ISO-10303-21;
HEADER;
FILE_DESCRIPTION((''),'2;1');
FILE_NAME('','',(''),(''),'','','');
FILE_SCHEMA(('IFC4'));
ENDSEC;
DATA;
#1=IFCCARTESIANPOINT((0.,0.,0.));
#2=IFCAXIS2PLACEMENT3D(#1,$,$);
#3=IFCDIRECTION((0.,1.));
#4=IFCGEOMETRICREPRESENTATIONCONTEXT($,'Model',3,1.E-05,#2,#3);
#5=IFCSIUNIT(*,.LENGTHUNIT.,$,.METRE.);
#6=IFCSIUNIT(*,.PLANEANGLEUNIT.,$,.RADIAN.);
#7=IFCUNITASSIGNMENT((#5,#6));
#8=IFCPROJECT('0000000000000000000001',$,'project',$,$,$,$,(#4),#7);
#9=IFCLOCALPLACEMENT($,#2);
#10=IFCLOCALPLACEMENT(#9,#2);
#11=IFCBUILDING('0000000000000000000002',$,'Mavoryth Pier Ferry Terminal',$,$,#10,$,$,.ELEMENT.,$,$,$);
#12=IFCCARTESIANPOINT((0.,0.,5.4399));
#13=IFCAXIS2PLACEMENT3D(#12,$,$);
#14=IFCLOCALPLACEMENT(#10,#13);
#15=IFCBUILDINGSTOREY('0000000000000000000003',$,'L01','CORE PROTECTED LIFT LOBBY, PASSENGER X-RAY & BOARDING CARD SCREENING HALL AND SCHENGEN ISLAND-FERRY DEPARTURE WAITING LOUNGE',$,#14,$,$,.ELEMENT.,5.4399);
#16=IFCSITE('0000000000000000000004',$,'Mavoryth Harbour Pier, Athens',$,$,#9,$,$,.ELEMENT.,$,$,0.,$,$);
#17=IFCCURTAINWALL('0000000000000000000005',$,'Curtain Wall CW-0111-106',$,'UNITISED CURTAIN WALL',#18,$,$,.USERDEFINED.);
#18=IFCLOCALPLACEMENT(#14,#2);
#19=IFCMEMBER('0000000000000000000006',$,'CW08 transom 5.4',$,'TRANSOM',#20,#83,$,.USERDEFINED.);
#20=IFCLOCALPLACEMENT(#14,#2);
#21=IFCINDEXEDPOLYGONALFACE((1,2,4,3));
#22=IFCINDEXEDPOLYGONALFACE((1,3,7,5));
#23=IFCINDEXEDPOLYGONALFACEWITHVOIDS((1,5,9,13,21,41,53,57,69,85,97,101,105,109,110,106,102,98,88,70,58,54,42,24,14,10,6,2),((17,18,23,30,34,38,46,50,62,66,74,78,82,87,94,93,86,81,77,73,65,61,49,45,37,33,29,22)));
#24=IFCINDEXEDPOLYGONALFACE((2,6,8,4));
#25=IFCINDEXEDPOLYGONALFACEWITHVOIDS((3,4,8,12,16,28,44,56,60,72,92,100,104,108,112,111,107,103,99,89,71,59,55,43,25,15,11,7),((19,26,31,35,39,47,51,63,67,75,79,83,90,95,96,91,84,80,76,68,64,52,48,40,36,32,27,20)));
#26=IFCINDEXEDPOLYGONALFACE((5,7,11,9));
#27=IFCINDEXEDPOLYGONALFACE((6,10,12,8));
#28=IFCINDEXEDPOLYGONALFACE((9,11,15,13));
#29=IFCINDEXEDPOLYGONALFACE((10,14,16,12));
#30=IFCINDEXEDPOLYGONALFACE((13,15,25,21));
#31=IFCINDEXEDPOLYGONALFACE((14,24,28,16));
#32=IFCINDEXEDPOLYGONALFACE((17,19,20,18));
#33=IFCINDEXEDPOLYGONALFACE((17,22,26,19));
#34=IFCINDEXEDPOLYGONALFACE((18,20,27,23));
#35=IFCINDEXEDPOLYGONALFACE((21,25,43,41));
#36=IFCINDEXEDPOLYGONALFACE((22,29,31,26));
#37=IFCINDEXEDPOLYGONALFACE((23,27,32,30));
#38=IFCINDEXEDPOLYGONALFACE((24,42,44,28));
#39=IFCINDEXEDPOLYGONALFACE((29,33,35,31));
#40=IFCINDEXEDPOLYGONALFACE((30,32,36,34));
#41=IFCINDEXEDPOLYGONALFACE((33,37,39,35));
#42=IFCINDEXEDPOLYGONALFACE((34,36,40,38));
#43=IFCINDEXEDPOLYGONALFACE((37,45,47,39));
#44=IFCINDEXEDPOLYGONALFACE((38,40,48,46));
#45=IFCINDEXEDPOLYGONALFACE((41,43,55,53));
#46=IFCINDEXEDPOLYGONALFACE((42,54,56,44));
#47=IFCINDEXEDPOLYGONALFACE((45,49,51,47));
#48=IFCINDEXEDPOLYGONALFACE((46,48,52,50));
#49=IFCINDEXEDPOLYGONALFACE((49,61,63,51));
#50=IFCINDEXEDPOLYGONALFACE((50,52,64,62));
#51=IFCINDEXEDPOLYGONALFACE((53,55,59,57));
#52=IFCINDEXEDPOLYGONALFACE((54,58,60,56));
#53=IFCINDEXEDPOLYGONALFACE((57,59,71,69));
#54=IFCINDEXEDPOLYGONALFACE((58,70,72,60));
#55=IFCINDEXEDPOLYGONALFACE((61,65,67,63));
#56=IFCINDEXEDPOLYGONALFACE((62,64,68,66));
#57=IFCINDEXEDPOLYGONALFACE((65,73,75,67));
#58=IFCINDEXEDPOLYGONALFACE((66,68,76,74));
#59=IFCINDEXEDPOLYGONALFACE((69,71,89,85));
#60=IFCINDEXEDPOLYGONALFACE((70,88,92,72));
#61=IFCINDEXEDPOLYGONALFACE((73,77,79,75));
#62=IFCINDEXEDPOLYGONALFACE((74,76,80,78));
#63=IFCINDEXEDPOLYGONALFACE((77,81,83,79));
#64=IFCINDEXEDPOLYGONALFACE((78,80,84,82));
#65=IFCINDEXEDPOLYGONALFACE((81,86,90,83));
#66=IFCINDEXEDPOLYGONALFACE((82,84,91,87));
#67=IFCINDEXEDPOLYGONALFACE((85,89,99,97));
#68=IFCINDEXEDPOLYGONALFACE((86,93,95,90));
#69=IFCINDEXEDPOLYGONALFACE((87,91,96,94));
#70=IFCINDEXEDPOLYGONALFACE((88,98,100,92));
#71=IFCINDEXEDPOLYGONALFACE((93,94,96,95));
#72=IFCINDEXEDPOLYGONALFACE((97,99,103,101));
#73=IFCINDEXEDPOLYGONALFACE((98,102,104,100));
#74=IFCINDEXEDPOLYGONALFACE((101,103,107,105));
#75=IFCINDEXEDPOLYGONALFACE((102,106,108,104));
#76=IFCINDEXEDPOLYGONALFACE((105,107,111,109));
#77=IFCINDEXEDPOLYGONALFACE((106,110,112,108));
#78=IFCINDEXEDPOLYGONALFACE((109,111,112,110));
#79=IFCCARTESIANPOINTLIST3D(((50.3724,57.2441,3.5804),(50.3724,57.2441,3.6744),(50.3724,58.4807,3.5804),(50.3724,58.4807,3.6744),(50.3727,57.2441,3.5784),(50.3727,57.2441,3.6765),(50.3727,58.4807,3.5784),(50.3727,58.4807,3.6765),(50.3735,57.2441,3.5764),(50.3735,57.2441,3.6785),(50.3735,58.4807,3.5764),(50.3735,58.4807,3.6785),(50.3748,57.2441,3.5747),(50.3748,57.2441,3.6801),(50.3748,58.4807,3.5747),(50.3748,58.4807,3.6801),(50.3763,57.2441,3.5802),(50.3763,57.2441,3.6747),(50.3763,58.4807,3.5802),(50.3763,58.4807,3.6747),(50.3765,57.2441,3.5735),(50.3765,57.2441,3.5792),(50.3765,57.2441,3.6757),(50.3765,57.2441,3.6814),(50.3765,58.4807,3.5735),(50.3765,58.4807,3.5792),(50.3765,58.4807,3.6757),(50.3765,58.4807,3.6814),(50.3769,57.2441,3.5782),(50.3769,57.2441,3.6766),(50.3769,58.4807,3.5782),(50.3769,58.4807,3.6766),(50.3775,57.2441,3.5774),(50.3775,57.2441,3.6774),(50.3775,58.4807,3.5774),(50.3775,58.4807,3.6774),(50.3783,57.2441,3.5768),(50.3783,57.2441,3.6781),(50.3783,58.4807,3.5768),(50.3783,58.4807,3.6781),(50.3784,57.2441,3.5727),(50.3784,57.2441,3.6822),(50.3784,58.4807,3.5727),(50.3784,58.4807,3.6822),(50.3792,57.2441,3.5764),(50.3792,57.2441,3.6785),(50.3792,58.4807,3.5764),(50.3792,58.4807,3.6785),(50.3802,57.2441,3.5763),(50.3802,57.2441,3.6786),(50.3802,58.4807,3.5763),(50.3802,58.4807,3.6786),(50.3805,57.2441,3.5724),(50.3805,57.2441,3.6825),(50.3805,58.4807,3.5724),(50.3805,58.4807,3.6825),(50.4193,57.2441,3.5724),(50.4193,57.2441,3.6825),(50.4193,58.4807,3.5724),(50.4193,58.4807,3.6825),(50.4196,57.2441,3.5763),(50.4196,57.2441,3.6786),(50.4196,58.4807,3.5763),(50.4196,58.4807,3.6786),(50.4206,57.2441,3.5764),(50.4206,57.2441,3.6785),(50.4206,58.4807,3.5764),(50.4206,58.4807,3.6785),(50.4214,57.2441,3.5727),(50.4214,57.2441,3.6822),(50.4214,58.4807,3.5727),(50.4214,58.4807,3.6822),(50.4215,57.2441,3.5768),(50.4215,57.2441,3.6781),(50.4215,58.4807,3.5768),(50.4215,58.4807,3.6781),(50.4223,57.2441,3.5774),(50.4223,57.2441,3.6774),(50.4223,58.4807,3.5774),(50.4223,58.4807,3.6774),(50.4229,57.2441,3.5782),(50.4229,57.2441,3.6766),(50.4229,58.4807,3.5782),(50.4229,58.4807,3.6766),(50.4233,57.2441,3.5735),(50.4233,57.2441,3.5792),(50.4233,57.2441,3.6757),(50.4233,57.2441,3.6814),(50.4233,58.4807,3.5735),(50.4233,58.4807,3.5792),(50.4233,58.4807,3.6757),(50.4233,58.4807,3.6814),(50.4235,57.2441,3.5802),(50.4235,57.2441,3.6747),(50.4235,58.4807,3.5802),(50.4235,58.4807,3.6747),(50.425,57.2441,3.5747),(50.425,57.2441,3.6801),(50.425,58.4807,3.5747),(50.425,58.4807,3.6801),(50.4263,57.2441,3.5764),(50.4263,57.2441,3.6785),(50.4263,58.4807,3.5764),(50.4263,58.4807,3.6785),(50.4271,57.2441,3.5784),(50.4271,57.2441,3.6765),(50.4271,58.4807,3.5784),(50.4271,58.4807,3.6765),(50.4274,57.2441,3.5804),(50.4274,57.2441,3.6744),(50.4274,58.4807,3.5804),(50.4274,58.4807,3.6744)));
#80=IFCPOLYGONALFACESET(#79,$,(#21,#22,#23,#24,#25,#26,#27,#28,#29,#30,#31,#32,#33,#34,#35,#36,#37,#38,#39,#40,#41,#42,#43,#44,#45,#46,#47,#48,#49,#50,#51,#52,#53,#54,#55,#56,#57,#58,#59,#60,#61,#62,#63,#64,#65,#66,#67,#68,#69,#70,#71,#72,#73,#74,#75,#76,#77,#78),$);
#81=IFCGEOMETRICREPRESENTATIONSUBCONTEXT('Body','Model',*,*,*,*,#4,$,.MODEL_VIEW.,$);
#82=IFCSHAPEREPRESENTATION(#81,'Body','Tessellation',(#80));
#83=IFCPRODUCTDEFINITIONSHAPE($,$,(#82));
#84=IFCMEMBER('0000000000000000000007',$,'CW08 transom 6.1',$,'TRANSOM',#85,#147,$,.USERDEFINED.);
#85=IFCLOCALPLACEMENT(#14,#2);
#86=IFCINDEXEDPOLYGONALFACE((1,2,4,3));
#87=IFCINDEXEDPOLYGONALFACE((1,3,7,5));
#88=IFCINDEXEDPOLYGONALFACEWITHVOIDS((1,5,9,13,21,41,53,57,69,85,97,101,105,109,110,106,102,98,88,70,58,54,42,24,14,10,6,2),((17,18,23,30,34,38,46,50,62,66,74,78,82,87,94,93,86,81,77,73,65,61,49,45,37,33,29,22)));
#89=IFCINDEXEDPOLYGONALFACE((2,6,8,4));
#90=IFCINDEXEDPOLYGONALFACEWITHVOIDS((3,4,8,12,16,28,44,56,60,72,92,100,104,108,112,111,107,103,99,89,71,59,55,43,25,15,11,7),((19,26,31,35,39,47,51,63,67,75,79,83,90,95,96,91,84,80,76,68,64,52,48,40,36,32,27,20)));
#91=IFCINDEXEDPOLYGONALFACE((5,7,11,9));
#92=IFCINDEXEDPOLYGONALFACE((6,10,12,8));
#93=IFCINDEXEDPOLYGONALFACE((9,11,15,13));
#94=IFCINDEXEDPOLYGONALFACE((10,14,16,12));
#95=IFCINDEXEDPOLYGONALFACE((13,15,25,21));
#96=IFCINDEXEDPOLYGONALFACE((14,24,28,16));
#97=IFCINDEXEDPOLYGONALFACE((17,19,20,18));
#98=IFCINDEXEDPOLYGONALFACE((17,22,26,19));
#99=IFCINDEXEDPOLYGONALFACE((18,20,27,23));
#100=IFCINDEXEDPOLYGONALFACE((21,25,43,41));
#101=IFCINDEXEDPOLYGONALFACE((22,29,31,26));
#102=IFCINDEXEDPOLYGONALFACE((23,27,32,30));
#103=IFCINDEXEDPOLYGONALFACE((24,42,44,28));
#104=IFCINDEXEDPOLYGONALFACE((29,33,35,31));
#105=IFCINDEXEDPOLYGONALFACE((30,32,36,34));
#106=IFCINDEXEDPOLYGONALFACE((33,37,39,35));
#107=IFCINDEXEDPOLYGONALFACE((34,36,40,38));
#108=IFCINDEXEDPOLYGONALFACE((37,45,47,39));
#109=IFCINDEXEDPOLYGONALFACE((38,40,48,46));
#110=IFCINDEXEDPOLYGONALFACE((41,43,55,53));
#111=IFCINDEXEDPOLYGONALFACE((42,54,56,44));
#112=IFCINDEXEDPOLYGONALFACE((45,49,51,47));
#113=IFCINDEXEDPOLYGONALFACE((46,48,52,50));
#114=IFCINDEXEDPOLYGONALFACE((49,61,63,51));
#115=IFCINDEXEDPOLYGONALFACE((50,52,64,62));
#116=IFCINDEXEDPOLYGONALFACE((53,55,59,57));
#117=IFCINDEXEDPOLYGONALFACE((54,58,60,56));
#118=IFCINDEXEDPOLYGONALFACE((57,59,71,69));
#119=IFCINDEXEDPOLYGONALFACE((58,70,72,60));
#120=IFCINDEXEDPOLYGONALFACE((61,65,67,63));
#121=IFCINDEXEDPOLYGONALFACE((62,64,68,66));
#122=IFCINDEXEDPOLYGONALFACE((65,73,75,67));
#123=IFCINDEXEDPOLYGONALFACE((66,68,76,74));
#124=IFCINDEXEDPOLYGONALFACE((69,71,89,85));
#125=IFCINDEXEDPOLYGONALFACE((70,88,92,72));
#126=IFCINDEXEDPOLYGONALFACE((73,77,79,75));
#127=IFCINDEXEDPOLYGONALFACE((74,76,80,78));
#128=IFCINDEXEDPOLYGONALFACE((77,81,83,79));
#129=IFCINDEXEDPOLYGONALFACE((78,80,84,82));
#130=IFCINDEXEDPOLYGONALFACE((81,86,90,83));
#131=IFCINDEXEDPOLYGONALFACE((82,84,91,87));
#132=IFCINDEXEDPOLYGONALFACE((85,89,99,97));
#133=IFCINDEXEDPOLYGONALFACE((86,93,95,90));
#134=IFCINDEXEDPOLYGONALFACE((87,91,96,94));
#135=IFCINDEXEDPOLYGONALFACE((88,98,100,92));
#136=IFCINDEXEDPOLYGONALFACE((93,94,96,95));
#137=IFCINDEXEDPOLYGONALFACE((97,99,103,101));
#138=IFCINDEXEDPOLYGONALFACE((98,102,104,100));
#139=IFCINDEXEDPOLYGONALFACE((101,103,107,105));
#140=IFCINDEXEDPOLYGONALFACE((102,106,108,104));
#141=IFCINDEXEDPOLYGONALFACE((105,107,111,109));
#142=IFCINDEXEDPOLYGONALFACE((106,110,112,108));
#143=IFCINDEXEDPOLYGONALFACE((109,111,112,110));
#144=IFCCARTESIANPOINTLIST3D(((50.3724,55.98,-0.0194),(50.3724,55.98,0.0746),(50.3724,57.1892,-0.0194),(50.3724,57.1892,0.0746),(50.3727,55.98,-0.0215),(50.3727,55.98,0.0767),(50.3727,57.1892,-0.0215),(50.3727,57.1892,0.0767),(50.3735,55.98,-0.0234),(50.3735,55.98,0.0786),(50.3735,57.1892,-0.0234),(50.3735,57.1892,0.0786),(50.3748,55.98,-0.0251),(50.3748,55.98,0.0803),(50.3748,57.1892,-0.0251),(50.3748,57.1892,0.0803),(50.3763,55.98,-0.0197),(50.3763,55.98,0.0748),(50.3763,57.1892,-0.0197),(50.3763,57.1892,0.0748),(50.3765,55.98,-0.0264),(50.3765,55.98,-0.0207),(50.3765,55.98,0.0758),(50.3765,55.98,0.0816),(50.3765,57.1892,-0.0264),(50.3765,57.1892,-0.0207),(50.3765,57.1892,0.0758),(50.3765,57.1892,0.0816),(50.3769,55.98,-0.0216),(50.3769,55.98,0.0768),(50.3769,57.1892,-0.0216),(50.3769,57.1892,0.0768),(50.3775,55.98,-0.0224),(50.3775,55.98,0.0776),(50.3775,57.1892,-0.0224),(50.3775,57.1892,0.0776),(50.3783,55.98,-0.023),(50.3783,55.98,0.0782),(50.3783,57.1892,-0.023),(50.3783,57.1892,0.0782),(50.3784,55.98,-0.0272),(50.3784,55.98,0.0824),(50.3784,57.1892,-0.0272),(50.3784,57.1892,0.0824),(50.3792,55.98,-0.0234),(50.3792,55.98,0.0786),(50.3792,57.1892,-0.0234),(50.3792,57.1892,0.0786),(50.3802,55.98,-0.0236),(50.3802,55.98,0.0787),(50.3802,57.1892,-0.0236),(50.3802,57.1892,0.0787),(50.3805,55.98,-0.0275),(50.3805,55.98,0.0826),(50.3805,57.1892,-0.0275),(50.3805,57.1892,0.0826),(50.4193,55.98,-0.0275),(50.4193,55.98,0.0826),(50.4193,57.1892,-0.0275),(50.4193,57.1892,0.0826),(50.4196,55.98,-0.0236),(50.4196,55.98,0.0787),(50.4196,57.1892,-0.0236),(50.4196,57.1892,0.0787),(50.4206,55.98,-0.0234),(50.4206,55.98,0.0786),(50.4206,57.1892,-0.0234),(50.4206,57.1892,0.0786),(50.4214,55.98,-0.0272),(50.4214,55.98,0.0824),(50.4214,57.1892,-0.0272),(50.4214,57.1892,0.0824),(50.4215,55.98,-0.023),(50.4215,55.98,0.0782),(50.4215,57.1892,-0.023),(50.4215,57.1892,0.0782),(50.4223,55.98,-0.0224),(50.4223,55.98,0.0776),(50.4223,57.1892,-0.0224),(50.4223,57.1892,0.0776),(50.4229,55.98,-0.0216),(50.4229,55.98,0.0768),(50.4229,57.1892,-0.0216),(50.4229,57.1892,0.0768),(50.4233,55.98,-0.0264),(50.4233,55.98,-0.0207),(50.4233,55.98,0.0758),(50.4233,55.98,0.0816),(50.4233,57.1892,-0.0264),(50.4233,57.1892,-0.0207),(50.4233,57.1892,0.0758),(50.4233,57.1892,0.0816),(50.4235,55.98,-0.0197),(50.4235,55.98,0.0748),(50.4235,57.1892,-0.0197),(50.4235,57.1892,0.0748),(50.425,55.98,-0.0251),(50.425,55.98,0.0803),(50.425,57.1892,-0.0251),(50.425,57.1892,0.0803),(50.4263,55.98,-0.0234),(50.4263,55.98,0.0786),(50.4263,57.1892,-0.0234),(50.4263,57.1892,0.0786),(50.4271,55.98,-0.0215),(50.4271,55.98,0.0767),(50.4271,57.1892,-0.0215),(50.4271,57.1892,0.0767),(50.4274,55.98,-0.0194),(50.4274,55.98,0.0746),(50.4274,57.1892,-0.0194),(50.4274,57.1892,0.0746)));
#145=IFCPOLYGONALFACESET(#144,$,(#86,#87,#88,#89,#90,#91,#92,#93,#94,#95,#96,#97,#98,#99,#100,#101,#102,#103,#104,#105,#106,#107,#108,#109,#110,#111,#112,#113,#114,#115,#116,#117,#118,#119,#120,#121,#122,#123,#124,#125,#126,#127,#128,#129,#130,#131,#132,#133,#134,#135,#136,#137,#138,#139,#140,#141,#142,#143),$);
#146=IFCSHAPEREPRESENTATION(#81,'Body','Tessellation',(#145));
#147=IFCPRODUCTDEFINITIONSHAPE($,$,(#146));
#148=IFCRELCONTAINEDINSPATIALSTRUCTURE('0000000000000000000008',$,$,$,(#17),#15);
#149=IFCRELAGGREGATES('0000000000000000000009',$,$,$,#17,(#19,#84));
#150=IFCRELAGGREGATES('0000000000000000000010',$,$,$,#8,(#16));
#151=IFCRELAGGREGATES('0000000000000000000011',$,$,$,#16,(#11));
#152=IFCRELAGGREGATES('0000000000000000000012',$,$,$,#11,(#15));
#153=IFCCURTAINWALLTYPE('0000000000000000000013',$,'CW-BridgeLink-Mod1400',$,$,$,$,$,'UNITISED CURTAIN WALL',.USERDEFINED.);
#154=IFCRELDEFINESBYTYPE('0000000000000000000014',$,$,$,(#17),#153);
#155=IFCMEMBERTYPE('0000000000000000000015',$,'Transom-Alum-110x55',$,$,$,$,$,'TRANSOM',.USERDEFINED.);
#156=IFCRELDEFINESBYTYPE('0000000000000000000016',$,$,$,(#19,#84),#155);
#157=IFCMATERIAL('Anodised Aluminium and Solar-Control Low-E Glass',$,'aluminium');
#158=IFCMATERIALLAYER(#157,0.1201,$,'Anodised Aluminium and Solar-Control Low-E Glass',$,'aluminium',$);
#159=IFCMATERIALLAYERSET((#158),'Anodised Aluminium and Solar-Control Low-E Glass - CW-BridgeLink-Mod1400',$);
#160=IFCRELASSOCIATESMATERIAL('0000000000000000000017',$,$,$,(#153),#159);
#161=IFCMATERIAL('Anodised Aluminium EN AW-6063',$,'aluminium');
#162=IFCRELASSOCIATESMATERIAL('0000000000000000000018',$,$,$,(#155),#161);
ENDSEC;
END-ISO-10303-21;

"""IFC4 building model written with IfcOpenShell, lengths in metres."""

from ifc_helpers import new_model, si_unit, direction, frame, origin, origin_2d, place, context, subcontext, project, spatial, hollow_rectangle, extrude, material, layer, layer_set, material_profile, profile_set, type_object, element, aggregate, save


model = new_model("IFC4")

# Units and contexts
model_context = context("Model", 3, precision=1e-05, world=origin(), true_north=direction((0.0, 1.0)))
body_context = subcontext(model_context, "Body", "Model", "MODEL_VIEW")
ifc_project = project(units=[si_unit("LENGTHUNIT", "METRE"), si_unit("PLANEANGLEUNIT", "RADIAN")], contexts=[model_context])

# Site, building, storey
site_placement = place(None, origin())
site = spatial("IfcSite", under=ifc_project, at=site_placement, Name="Mavoryth Harbour Pier, Athens", CompositionType="ELEMENT", RefElevation=0.0)
building_placement = place(site_placement, origin())
building = spatial("IfcBuilding", under=site, at=building_placement, Name="Mavoryth Pier Ferry Terminal", CompositionType="ELEMENT")
storey_placement = place(building_placement, frame((0.0, 0.0, 5.4399)))
storey = spatial("IfcBuildingStorey", under=building, at=storey_placement, Name="L01", Description="CORE PROTECTED LIFT LOBBY, PASSENGER X-RAY & BOARDING CARD SCREENING HALL AND SCHENGEN ISLAND-FERRY DEPARTURE WAITING LOUNGE", CompositionType="ELEMENT", Elevation=5.4399)

# Shared definitions
ifc_material_1 = material(Name="Anodised Aluminium and Solar-Control Low-E Glass", Category="aluminium")
ifc_layer_1 = layer(ifc_material_1, 0.1201, Name="Anodised Aluminium and Solar-Control Low-E Glass", Category="aluminium")
ifc_layer_set_1 = layer_set([ifc_layer_1], Name="Anodised Aluminium and Solar-Control Low-E Glass - CW-BridgeLink-Mod1400")
curtain_wall_type = type_object("IfcCurtainWallType", Name="CW-BridgeLink-Mod1400", ElementType="UNITISED CURTAIN WALL", PredefinedType="USERDEFINED", material=ifc_layer_set_1)
ifc_material_2 = material(Name="Anodised Aluminium EN AW-6063", Category="aluminium")

# Curtain wall
curtain_wall_1_placement = place(storey_placement, origin())
curtain_wall_1 = element("IfcCurtainWall", 1, at=curtain_wall_1_placement, inside=storey, type_object=curtain_wall_type, Name="Curtain Wall CW-0111-106", ObjectType="UNITISED CURTAIN WALL", PredefinedType="USERDEFINED")

# Members
ifc_material_profile_1 = material_profile(ifc_material_2, hollow_rectangle(XDim=0.0549, YDim=0.1101, WallThickness=0.0039, InnerFilletRadius=0.0039, OuterFilletRadius=0.0081, at=origin_2d()), Name="AL-TRAN 110x55x4", Category="aluminium")
ifc_profile_set_1 = profile_set([ifc_material_profile_1], Name="Anodised Aluminium EN AW-6063 - AL-TRAN 110x55x4")
member_type_1 = type_object("IfcMemberType", Name="Transom-Alum-110x55", ElementType="TRANSOM", PredefinedType="USERDEFINED", material=ifc_profile_set_1)
member_1_placement = place(storey_placement, frame((50.3999, 58.4807, 3.6274), z_axis=(0.0, -1.0, 0.0), x_axis=(1.0, 0.0, 0.0)))
member_1 = element("IfcMember", 2, at=member_1_placement, type_object=member_type_1, Name="CW08 transom 5.4", ObjectType="TRANSOM", PredefinedType="USERDEFINED", context=body_context, shape_type="SweptSolid", body=[
    extrude(hollow_rectangle(XDim=0.0549, YDim=0.1101, WallThickness=0.0039, InnerFilletRadius=0.0039, OuterFilletRadius=0.0081, at=origin_2d()), origin(), (0.0, 0.0, 1.0), 1.2366),
])
member_2_placement = place(storey_placement, frame((50.3999, 57.1892, 0.0276), z_axis=(0.0, -1.0, 0.0), x_axis=(1.0, 0.0, 0.0)))
member_2 = element("IfcMember", 3, at=member_2_placement, type_object=member_type_1, Name="CW08 transom 6.1", ObjectType="TRANSOM", PredefinedType="USERDEFINED", context=body_context, shape_type="SweptSolid", body=[
    extrude(hollow_rectangle(XDim=0.0549, YDim=0.1101, WallThickness=0.0039, InnerFilletRadius=0.0039, OuterFilletRadius=0.0081, at=origin_2d()), origin(), (0.0, 0.0, 1.0), 1.2092),
])

aggregate(curtain_wall_1, [member_1, member_2])

save(model, "model.ifc")
